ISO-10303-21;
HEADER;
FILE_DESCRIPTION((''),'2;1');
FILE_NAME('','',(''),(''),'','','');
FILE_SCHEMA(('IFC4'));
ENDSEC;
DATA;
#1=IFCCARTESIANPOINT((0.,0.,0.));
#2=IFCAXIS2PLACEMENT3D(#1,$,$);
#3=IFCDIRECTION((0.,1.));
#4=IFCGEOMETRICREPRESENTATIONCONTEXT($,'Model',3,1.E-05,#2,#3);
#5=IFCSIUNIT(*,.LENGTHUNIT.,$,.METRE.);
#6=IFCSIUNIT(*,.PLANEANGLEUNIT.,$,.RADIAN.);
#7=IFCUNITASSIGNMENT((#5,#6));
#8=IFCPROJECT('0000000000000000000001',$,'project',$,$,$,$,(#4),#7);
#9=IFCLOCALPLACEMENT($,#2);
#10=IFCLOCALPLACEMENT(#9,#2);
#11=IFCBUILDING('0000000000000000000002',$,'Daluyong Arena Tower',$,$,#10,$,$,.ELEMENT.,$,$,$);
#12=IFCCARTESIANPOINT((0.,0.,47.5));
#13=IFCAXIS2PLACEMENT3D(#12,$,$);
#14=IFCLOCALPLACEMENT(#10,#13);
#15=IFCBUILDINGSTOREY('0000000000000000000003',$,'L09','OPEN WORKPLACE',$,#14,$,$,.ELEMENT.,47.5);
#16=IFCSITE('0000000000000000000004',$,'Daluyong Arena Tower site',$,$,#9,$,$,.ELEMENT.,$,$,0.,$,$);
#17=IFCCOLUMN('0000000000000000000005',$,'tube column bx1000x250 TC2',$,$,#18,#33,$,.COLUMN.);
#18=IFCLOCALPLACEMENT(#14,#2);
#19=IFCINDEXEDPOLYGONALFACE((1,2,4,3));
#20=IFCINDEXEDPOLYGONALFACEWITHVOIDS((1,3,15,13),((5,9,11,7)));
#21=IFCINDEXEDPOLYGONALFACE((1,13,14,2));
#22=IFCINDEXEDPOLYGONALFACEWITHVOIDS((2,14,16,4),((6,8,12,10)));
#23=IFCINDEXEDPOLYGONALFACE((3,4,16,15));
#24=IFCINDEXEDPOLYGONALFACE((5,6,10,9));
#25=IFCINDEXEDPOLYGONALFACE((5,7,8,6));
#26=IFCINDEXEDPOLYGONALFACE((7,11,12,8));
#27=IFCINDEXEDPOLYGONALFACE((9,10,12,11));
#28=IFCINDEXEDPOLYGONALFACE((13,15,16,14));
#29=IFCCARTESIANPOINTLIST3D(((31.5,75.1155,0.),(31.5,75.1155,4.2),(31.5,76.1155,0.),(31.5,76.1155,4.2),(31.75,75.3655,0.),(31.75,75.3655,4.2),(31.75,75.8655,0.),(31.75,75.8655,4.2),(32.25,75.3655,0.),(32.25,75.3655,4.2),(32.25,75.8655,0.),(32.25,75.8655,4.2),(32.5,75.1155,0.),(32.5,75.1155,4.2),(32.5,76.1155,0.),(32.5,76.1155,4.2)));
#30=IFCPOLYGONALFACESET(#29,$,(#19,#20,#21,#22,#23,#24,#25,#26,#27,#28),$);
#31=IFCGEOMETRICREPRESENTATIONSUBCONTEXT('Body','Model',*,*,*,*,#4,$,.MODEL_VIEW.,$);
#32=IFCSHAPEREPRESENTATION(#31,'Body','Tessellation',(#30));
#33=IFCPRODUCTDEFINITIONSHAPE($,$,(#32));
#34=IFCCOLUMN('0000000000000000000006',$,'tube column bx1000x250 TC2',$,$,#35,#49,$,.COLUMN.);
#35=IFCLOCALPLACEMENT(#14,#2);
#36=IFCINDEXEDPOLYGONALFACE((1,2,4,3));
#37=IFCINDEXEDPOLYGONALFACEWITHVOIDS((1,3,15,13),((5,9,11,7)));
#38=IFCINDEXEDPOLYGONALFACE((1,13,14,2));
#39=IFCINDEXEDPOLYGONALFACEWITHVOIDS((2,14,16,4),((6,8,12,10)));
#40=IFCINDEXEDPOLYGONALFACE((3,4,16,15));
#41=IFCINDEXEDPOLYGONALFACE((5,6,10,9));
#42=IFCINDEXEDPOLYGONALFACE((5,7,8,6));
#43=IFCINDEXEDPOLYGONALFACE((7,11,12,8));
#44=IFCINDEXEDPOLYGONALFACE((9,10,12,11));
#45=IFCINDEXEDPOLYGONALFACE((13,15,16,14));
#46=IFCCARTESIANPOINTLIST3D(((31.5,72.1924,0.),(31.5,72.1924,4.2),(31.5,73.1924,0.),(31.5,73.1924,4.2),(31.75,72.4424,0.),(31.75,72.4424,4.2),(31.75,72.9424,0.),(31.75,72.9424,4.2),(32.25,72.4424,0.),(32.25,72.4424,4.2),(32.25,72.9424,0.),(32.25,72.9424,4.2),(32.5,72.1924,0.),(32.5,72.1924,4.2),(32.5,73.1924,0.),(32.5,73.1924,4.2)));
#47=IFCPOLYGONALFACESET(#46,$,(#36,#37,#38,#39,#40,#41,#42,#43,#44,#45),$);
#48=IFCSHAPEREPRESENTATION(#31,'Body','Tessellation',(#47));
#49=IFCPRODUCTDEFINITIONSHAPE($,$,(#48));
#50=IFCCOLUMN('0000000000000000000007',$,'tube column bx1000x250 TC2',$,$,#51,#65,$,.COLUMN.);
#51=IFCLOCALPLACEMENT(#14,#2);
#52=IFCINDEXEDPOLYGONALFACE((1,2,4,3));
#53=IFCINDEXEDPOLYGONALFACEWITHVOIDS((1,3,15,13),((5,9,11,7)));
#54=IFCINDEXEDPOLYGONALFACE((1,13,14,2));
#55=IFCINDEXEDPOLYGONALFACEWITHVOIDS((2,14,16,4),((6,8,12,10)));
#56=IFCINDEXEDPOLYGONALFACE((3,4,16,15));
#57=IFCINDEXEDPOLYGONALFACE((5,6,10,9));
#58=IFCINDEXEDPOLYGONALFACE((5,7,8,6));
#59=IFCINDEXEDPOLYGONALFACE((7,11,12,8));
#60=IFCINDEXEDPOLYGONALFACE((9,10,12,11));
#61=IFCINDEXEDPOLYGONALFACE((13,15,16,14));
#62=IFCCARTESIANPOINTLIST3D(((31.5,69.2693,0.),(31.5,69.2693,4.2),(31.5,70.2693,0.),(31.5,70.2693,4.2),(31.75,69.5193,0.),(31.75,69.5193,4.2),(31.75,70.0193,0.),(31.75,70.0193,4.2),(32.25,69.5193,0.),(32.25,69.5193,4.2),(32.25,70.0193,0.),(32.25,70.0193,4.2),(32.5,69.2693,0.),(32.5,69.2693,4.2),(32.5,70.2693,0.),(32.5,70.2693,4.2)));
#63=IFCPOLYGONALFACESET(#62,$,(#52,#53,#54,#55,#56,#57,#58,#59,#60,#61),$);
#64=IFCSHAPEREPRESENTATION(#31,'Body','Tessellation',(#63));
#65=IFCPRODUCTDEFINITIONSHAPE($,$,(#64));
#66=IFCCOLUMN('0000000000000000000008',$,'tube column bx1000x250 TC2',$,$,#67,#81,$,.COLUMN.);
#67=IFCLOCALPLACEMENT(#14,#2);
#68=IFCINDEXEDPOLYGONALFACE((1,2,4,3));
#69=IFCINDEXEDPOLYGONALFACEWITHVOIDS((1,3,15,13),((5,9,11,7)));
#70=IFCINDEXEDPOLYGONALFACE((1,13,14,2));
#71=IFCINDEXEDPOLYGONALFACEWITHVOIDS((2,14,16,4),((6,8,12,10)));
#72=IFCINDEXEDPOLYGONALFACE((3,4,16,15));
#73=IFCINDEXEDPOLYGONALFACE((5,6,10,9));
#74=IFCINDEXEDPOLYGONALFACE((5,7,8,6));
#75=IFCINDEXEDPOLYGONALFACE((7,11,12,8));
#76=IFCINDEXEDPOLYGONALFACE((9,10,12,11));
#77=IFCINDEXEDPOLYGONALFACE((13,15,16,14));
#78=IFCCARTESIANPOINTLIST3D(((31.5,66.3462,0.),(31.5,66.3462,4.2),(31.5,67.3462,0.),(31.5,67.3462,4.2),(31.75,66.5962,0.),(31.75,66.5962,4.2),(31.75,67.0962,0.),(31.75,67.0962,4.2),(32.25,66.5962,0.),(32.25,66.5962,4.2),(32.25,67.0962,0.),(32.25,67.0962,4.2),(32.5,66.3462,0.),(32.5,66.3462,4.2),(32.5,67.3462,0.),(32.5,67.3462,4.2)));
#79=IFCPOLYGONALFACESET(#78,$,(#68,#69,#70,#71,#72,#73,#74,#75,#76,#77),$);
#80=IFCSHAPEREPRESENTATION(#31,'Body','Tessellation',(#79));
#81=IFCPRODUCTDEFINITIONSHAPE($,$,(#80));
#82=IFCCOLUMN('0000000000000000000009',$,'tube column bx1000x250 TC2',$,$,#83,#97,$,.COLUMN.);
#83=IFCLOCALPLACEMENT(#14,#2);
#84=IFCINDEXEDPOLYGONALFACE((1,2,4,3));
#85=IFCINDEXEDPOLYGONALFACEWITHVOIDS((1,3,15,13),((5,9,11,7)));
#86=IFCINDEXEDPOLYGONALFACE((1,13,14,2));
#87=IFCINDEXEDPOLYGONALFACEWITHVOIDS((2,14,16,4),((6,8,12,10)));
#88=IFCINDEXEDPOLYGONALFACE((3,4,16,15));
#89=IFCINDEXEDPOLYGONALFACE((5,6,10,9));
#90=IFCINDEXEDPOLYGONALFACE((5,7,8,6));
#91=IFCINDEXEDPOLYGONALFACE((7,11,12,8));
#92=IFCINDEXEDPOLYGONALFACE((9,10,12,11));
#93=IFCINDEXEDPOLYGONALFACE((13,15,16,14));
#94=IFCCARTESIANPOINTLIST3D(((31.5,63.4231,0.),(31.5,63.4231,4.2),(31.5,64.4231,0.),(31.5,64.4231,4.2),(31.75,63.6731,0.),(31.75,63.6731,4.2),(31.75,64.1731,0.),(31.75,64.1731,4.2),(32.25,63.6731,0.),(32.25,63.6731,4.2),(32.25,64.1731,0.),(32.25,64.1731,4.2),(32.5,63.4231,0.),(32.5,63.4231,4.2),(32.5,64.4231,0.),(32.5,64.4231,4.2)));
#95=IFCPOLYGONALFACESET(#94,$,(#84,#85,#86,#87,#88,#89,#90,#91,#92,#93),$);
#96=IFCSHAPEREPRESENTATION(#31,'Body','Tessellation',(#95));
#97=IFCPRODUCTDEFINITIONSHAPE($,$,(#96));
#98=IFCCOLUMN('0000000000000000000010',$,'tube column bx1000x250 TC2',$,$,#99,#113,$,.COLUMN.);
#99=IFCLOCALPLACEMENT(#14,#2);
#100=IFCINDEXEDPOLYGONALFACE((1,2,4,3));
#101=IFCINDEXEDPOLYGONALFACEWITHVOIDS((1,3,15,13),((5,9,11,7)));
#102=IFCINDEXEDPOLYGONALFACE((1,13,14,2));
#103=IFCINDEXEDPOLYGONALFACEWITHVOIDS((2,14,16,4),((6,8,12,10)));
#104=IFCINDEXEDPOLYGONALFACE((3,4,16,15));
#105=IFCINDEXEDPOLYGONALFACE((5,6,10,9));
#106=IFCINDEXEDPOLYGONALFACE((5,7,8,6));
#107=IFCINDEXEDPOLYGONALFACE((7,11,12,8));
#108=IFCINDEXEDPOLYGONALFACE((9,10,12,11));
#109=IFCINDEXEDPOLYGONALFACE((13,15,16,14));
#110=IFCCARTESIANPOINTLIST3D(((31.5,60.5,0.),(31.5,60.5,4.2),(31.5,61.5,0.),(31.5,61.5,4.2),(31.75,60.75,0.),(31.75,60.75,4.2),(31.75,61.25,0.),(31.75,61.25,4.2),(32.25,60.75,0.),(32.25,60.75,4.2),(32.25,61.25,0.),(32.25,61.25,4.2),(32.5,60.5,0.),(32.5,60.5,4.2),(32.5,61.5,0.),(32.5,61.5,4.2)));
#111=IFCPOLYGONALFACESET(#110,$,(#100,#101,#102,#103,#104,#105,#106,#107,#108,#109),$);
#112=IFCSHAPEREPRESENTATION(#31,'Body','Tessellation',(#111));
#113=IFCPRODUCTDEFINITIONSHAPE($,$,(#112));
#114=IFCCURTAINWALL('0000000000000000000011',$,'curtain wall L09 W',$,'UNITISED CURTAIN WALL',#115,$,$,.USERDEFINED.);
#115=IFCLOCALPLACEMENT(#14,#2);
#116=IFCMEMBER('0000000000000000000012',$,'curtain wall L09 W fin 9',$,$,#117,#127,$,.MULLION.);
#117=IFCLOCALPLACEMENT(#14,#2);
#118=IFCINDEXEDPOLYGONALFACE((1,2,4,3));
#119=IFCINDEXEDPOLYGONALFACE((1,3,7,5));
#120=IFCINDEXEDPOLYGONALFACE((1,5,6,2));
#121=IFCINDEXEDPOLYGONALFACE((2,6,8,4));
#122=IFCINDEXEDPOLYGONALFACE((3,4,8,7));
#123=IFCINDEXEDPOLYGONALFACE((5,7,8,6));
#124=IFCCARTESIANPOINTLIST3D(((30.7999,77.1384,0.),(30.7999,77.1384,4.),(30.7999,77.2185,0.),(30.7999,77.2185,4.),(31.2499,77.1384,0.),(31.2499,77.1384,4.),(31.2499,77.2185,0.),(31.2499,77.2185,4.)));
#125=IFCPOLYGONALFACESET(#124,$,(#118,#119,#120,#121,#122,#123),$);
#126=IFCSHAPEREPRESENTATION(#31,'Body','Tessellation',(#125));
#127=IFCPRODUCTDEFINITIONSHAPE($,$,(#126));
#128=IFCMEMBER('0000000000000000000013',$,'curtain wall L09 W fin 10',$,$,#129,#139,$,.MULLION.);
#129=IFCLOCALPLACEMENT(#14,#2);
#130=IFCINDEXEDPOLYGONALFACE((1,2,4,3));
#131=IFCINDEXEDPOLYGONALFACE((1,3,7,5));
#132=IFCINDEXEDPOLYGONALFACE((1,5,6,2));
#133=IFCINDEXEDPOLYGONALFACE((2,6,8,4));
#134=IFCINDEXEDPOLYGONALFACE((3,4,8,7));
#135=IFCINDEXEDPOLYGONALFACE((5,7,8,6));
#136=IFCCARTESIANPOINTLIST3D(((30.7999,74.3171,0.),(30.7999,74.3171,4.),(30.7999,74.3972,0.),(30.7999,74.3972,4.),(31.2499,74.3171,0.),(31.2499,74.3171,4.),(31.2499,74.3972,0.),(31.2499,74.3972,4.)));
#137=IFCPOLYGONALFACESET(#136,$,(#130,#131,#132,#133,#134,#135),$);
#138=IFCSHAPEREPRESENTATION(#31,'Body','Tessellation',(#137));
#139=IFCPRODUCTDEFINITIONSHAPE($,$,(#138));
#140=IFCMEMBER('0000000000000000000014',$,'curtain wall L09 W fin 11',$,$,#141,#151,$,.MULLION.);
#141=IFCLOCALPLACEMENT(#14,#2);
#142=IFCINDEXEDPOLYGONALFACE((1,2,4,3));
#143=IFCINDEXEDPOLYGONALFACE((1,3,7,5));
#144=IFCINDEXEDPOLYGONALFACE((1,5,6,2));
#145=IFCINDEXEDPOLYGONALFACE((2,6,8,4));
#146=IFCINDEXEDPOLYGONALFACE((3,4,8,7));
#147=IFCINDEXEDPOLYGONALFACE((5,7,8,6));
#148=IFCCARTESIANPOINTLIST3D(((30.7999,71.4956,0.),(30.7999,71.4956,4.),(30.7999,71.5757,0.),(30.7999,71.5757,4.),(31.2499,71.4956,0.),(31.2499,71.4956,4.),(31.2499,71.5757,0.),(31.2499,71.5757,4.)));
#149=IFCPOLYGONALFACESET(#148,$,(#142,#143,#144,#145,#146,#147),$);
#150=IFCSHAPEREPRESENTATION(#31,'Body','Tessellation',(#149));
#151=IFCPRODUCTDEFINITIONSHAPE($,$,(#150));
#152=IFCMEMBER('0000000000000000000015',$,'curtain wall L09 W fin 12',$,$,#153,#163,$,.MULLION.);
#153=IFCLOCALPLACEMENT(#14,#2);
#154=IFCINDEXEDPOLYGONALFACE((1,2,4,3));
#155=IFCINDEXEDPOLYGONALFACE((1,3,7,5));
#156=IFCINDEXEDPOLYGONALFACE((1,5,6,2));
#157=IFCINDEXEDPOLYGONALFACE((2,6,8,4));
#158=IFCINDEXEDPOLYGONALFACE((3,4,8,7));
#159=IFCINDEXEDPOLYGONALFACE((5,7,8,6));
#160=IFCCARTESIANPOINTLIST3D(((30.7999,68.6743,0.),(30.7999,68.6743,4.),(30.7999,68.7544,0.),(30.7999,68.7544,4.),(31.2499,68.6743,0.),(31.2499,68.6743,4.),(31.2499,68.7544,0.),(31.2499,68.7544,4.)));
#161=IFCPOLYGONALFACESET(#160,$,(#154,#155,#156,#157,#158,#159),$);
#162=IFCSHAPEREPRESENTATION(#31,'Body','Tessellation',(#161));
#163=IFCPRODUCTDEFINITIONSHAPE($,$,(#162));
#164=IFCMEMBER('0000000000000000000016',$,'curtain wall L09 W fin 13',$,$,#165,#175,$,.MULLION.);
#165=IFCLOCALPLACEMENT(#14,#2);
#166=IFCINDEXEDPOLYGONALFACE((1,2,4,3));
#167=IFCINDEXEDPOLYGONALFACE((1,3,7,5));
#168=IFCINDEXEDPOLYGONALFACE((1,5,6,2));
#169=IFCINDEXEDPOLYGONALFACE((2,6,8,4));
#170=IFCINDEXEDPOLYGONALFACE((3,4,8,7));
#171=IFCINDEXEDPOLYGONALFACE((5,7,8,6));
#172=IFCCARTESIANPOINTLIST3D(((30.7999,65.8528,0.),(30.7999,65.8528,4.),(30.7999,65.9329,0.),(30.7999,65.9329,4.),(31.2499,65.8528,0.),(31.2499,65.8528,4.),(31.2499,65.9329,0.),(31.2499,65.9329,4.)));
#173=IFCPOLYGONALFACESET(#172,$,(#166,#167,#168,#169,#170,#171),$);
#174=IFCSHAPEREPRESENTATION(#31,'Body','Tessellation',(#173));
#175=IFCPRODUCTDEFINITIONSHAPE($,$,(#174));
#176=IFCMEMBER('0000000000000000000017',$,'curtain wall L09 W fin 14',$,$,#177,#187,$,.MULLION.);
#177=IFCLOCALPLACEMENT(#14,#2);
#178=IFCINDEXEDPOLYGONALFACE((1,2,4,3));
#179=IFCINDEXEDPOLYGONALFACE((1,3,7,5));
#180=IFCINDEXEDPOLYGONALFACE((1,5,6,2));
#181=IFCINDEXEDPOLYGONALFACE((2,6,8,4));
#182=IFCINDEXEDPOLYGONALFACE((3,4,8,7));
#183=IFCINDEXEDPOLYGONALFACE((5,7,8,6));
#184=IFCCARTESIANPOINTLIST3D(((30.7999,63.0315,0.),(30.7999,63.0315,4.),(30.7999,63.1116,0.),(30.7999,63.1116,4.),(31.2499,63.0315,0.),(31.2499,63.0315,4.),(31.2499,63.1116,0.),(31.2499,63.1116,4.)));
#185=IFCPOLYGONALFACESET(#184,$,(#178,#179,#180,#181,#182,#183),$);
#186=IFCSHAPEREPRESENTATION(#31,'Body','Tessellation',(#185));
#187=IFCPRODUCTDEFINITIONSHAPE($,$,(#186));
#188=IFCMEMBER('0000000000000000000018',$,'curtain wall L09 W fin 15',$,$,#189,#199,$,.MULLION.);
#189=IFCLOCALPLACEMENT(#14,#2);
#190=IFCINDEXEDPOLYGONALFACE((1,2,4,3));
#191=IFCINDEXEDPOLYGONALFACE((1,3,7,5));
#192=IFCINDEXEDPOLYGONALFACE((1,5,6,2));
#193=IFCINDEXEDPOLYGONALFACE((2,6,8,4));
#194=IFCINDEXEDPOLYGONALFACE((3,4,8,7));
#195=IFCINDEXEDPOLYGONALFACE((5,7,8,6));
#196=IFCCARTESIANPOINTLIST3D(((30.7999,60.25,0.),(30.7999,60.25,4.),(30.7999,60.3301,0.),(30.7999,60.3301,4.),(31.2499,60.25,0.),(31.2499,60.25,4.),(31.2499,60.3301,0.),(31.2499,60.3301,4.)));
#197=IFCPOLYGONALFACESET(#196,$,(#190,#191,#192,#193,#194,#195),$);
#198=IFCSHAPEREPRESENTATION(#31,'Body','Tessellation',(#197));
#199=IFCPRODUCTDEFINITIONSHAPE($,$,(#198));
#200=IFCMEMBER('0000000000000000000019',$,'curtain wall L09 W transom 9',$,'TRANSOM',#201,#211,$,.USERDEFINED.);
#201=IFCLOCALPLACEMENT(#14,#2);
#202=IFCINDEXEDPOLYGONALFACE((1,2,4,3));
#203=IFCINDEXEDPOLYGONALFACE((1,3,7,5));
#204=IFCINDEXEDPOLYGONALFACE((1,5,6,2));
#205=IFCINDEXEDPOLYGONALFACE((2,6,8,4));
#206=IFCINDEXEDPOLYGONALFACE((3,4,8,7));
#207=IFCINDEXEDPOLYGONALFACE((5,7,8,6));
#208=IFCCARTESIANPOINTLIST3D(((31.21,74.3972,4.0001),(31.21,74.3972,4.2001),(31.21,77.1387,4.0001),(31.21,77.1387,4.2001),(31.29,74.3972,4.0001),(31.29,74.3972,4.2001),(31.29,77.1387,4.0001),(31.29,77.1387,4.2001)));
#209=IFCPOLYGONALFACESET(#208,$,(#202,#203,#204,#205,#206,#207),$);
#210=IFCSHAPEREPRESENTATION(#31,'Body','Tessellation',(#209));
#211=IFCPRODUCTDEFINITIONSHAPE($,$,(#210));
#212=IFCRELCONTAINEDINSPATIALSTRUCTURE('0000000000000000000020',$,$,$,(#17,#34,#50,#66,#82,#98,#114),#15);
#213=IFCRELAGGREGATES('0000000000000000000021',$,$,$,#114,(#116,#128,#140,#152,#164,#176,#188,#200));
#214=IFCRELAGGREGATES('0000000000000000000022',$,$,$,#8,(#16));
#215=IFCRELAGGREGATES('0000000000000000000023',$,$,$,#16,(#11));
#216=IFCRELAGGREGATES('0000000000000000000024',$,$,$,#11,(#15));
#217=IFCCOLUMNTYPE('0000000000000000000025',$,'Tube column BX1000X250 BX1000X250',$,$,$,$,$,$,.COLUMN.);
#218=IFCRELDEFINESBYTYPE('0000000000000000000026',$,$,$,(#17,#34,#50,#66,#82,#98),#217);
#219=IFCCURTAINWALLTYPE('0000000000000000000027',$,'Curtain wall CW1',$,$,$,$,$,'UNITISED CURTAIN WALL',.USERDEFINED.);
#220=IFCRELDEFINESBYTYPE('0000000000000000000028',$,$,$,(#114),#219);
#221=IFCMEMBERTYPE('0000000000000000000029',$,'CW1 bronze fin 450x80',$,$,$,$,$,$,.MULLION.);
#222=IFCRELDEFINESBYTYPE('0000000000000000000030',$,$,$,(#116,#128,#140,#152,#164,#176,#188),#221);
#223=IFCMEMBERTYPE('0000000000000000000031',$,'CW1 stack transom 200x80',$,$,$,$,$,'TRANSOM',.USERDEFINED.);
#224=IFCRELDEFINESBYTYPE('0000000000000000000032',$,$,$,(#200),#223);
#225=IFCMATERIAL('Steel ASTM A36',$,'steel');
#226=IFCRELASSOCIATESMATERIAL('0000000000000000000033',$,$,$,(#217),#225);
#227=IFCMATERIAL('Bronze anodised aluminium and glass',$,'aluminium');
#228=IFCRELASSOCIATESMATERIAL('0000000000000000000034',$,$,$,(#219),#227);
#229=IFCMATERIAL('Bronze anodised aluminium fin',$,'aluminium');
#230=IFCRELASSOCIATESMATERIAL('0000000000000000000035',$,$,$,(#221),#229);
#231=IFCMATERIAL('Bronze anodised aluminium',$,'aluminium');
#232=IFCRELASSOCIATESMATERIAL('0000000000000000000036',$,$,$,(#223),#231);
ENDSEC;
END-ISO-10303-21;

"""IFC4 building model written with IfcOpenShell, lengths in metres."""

from ifc_helpers import new_model, si_unit, direction, frame, origin, origin_2d, place, context, subcontext, project, spatial, rectangle, hollow_rectangle, extrude, material, material_profile, profile_set, type_object, element, aggregate, save


model = new_model("IFC4")

# Units and contexts
model_context = context("Model", 3, precision=1e-05, world=origin(), true_north=direction((0.0, 1.0)))
body_context = subcontext(model_context, "Body", "Model", "MODEL_VIEW")
ifc_project = project(units=[si_unit("LENGTHUNIT", "METRE"), si_unit("PLANEANGLEUNIT", "RADIAN")], contexts=[model_context])

# Site, building, storey
site_placement = place(None, origin())
site = spatial("IfcSite", under=ifc_project, at=site_placement, Name="Daluyong Arena Tower site", CompositionType="ELEMENT", RefElevation=0.0)
building_placement = place(site_placement, origin())
building = spatial("IfcBuilding", under=site, at=building_placement, Name="Daluyong Arena Tower", CompositionType="ELEMENT")
storey_placement = place(building_placement, frame((0.0, 0.0, 47.5)))
storey = spatial("IfcBuildingStorey", under=building, at=storey_placement, Name="L09", Description="OPEN WORKPLACE", CompositionType="ELEMENT", Elevation=47.5)

# Columns
ifc_material_1 = material(Name="Steel ASTM A36", Category="steel")
ifc_material_profile_1 = material_profile(ifc_material_1, hollow_rectangle(XDim=1.0, YDim=1.0, WallThickness=0.25, at=origin_2d()))
ifc_profile_set_1 = profile_set([ifc_material_profile_1], Name="Steel ASTM A36")
column_type = type_object("IfcColumnType", Name="Tube column BX1000X250 BX1000X250", PredefinedType="COLUMN", material=ifc_profile_set_1)
for number, where, z_axis, x_axis, name in (
    (1, (32.0, 75.6155, 0.0), (0.0, 0.0, 1.0), (0.0, 1.0, 0.0), "tube column bx1000x250 TC2"),
    (2, (32.0, 72.6924, 0.0), (0.0, 0.0, 1.0), (0.0, 1.0, 0.0), "tube column bx1000x250 TC2"),
    (3, (32.0, 69.7693, 0.0), (0.0, 0.0, 1.0), (0.0, 1.0, 0.0), "tube column bx1000x250 TC2"),
    (4, (32.0, 66.8462, 0.0), (0.0, 0.0, 1.0), (0.0, 1.0, 0.0), "tube column bx1000x250 TC2"),
    (5, (32.0, 63.9231, 0.0), (0.0, 0.0, 1.0), (0.0, 1.0, 0.0), "tube column bx1000x250 TC2"),
    (6, (32.0, 61.0, 0.0), (0.0, 0.0, 1.0), (1.0, 0.0, 0.0), "tube column bx1000x250 TC2"),
):
    element("IfcColumn", number, at=place(storey_placement, frame(where, z_axis=z_axis, x_axis=x_axis)), inside=storey, type_object=column_type, Name=name, PredefinedType="COLUMN", context=body_context, shape_type="SweptSolid", body=[
        extrude(hollow_rectangle(XDim=1.0, YDim=1.0, WallThickness=0.25, at=origin_2d()), origin(), (0.0, 0.0, 1.0), 4.2),
    ])

# Curtain wall, members
ifc_material_2 = material(Name="Bronze anodised aluminium and glass", Category="aluminium")
curtain_wall_type_1 = type_object("IfcCurtainWallType", Name="Curtain wall CW1", ElementType="UNITISED CURTAIN WALL", PredefinedType="USERDEFINED", material=ifc_material_2)
curtain_wall_1_placement = place(storey_placement, origin())
curtain_wall_1 = element("IfcCurtainWall", 7, at=curtain_wall_1_placement, inside=storey, type_object=curtain_wall_type_1, Name="curtain wall L09 W", ObjectType="UNITISED CURTAIN WALL", PredefinedType="USERDEFINED")
ifc_material_3 = material(Name="Bronze anodised aluminium fin", Category="aluminium")
ifc_material_profile_2 = material_profile(ifc_material_3, rectangle(XDim=0.45, YDim=0.0801, at=origin_2d()))
ifc_profile_set_2 = profile_set([ifc_material_profile_2], Name="Bronze anodised aluminium fin")
member_type_1 = type_object("IfcMemberType", Name="CW1 bronze fin 450x80", PredefinedType="MULLION", material=ifc_profile_set_2)
member_1_placement = place(storey_placement, frame((31.0249, 77.1785, 0.0), z_axis=(0.0, 0.0, 1.0), x_axis=(1.0, 0.0, 0.0)))
member_1 = element("IfcMember", 8, at=member_1_placement, type_object=member_type_1, Name="curtain wall L09 W fin 9", PredefinedType="MULLION", context=body_context, shape_type="SweptSolid", body=[
    extrude(rectangle(XDim=0.45, YDim=0.0801, at=origin_2d()), origin(), (0.0, 0.0, 1.0), 4.0),
])
member_2_placement = place(storey_placement, frame((31.0249, 74.3572, 0.0), z_axis=(0.0, 0.0, 1.0), x_axis=(1.0, 0.0, 0.0)))
member_2 = element("IfcMember", 9, at=member_2_placement, type_object=member_type_1, Name="curtain wall L09 W fin 10", PredefinedType="MULLION", context=body_context, shape_type="SweptSolid", body=[
    extrude(rectangle(XDim=0.45, YDim=0.0801, at=origin_2d()), origin(), (0.0, 0.0, 1.0), 4.0),
])
member_3_placement = place(storey_placement, frame((31.0249, 71.5356, 0.0), z_axis=(0.0, 0.0, 1.0), x_axis=(1.0, 0.0, 0.0)))
member_3 = element("IfcMember", 10, at=member_3_placement, type_object=member_type_1, Name="curtain wall L09 W fin 11", PredefinedType="MULLION", context=body_context, shape_type="SweptSolid", body=[
    extrude(rectangle(XDim=0.45, YDim=0.0801, at=origin_2d()), origin(), (0.0, 0.0, 1.0), 4.0),
])
member_4_placement = place(storey_placement, frame((31.0249, 68.7144, 0.0), z_axis=(0.0, 0.0, 1.0), x_axis=(1.0, 0.0, 0.0)))
member_4 = element("IfcMember", 11, at=member_4_placement, type_object=member_type_1, Name="curtain wall L09 W fin 12", PredefinedType="MULLION", context=body_context, shape_type="SweptSolid", body=[
    extrude(rectangle(XDim=0.45, YDim=0.0801, at=origin_2d()), origin(), (0.0, 0.0, 1.0), 4.0),
])
member_5_placement = place(storey_placement, frame((31.0249, 65.8928, 0.0), z_axis=(0.0, 0.0, 1.0), x_axis=(1.0, 0.0, 0.0)))
member_5 = element("IfcMember", 12, at=member_5_placement, type_object=member_type_1, Name="curtain wall L09 W fin 13", PredefinedType="MULLION", context=body_context, shape_type="SweptSolid", body=[
    extrude(rectangle(XDim=0.45, YDim=0.0801, at=origin_2d()), origin(), (0.0, 0.0, 1.0), 4.0),
])
member_6_placement = place(storey_placement, frame((31.0249, 63.0715, 0.0), z_axis=(0.0, 0.0, 1.0), x_axis=(1.0, 0.0, 0.0)))
member_6 = element("IfcMember", 13, at=member_6_placement, type_object=member_type_1, Name="curtain wall L09 W fin 14", PredefinedType="MULLION", context=body_context, shape_type="SweptSolid", body=[
    extrude(rectangle(XDim=0.45, YDim=0.0801, at=origin_2d()), origin(), (0.0, 0.0, 1.0), 4.0),
])
member_7_placement = place(storey_placement, frame((31.0249, 60.29, 0.0), z_axis=(0.0, 0.0, 1.0), x_axis=(1.0, 0.0, 0.0)))
member_7 = element("IfcMember", 14, at=member_7_placement, type_object=member_type_1, Name="curtain wall L09 W fin 15", PredefinedType="MULLION", context=body_context, shape_type="SweptSolid", body=[
    extrude(rectangle(XDim=0.45, YDim=0.0801, at=origin_2d()), origin(), (0.0, 0.0, 1.0), 4.0),
])
ifc_material_4 = material(Name="Bronze anodised aluminium", Category="aluminium")
ifc_material_profile_3 = material_profile(ifc_material_4, rectangle(XDim=0.0801, YDim=0.2, at=origin_2d()))
ifc_profile_set_3 = profile_set([ifc_material_profile_3], Name="Bronze anodised aluminium")
member_type_2 = type_object("IfcMemberType", Name="CW1 stack transom 200x80", ElementType="TRANSOM", PredefinedType="USERDEFINED", material=ifc_profile_set_3)
member_8_placement = place(storey_placement, frame((31.25, 77.1387, 4.1001), z_axis=(0.0, -1.0, 0.0), x_axis=(1.0, 0.0, 0.0)))
member_8 = element("IfcMember", 15, at=member_8_placement, type_object=member_type_2, Name="curtain wall L09 W transom 9", ObjectType="TRANSOM", PredefinedType="USERDEFINED", context=body_context, shape_type="SweptSolid", body=[
    extrude(rectangle(XDim=0.0801, YDim=0.2, at=origin_2d()), origin(), (0.0, 0.0, 1.0), 2.7415),
])

aggregate(curtain_wall_1, [member_1, member_2, member_3, member_4, member_5, member_6, member_7, member_8])

save(model, "model.ifc")
